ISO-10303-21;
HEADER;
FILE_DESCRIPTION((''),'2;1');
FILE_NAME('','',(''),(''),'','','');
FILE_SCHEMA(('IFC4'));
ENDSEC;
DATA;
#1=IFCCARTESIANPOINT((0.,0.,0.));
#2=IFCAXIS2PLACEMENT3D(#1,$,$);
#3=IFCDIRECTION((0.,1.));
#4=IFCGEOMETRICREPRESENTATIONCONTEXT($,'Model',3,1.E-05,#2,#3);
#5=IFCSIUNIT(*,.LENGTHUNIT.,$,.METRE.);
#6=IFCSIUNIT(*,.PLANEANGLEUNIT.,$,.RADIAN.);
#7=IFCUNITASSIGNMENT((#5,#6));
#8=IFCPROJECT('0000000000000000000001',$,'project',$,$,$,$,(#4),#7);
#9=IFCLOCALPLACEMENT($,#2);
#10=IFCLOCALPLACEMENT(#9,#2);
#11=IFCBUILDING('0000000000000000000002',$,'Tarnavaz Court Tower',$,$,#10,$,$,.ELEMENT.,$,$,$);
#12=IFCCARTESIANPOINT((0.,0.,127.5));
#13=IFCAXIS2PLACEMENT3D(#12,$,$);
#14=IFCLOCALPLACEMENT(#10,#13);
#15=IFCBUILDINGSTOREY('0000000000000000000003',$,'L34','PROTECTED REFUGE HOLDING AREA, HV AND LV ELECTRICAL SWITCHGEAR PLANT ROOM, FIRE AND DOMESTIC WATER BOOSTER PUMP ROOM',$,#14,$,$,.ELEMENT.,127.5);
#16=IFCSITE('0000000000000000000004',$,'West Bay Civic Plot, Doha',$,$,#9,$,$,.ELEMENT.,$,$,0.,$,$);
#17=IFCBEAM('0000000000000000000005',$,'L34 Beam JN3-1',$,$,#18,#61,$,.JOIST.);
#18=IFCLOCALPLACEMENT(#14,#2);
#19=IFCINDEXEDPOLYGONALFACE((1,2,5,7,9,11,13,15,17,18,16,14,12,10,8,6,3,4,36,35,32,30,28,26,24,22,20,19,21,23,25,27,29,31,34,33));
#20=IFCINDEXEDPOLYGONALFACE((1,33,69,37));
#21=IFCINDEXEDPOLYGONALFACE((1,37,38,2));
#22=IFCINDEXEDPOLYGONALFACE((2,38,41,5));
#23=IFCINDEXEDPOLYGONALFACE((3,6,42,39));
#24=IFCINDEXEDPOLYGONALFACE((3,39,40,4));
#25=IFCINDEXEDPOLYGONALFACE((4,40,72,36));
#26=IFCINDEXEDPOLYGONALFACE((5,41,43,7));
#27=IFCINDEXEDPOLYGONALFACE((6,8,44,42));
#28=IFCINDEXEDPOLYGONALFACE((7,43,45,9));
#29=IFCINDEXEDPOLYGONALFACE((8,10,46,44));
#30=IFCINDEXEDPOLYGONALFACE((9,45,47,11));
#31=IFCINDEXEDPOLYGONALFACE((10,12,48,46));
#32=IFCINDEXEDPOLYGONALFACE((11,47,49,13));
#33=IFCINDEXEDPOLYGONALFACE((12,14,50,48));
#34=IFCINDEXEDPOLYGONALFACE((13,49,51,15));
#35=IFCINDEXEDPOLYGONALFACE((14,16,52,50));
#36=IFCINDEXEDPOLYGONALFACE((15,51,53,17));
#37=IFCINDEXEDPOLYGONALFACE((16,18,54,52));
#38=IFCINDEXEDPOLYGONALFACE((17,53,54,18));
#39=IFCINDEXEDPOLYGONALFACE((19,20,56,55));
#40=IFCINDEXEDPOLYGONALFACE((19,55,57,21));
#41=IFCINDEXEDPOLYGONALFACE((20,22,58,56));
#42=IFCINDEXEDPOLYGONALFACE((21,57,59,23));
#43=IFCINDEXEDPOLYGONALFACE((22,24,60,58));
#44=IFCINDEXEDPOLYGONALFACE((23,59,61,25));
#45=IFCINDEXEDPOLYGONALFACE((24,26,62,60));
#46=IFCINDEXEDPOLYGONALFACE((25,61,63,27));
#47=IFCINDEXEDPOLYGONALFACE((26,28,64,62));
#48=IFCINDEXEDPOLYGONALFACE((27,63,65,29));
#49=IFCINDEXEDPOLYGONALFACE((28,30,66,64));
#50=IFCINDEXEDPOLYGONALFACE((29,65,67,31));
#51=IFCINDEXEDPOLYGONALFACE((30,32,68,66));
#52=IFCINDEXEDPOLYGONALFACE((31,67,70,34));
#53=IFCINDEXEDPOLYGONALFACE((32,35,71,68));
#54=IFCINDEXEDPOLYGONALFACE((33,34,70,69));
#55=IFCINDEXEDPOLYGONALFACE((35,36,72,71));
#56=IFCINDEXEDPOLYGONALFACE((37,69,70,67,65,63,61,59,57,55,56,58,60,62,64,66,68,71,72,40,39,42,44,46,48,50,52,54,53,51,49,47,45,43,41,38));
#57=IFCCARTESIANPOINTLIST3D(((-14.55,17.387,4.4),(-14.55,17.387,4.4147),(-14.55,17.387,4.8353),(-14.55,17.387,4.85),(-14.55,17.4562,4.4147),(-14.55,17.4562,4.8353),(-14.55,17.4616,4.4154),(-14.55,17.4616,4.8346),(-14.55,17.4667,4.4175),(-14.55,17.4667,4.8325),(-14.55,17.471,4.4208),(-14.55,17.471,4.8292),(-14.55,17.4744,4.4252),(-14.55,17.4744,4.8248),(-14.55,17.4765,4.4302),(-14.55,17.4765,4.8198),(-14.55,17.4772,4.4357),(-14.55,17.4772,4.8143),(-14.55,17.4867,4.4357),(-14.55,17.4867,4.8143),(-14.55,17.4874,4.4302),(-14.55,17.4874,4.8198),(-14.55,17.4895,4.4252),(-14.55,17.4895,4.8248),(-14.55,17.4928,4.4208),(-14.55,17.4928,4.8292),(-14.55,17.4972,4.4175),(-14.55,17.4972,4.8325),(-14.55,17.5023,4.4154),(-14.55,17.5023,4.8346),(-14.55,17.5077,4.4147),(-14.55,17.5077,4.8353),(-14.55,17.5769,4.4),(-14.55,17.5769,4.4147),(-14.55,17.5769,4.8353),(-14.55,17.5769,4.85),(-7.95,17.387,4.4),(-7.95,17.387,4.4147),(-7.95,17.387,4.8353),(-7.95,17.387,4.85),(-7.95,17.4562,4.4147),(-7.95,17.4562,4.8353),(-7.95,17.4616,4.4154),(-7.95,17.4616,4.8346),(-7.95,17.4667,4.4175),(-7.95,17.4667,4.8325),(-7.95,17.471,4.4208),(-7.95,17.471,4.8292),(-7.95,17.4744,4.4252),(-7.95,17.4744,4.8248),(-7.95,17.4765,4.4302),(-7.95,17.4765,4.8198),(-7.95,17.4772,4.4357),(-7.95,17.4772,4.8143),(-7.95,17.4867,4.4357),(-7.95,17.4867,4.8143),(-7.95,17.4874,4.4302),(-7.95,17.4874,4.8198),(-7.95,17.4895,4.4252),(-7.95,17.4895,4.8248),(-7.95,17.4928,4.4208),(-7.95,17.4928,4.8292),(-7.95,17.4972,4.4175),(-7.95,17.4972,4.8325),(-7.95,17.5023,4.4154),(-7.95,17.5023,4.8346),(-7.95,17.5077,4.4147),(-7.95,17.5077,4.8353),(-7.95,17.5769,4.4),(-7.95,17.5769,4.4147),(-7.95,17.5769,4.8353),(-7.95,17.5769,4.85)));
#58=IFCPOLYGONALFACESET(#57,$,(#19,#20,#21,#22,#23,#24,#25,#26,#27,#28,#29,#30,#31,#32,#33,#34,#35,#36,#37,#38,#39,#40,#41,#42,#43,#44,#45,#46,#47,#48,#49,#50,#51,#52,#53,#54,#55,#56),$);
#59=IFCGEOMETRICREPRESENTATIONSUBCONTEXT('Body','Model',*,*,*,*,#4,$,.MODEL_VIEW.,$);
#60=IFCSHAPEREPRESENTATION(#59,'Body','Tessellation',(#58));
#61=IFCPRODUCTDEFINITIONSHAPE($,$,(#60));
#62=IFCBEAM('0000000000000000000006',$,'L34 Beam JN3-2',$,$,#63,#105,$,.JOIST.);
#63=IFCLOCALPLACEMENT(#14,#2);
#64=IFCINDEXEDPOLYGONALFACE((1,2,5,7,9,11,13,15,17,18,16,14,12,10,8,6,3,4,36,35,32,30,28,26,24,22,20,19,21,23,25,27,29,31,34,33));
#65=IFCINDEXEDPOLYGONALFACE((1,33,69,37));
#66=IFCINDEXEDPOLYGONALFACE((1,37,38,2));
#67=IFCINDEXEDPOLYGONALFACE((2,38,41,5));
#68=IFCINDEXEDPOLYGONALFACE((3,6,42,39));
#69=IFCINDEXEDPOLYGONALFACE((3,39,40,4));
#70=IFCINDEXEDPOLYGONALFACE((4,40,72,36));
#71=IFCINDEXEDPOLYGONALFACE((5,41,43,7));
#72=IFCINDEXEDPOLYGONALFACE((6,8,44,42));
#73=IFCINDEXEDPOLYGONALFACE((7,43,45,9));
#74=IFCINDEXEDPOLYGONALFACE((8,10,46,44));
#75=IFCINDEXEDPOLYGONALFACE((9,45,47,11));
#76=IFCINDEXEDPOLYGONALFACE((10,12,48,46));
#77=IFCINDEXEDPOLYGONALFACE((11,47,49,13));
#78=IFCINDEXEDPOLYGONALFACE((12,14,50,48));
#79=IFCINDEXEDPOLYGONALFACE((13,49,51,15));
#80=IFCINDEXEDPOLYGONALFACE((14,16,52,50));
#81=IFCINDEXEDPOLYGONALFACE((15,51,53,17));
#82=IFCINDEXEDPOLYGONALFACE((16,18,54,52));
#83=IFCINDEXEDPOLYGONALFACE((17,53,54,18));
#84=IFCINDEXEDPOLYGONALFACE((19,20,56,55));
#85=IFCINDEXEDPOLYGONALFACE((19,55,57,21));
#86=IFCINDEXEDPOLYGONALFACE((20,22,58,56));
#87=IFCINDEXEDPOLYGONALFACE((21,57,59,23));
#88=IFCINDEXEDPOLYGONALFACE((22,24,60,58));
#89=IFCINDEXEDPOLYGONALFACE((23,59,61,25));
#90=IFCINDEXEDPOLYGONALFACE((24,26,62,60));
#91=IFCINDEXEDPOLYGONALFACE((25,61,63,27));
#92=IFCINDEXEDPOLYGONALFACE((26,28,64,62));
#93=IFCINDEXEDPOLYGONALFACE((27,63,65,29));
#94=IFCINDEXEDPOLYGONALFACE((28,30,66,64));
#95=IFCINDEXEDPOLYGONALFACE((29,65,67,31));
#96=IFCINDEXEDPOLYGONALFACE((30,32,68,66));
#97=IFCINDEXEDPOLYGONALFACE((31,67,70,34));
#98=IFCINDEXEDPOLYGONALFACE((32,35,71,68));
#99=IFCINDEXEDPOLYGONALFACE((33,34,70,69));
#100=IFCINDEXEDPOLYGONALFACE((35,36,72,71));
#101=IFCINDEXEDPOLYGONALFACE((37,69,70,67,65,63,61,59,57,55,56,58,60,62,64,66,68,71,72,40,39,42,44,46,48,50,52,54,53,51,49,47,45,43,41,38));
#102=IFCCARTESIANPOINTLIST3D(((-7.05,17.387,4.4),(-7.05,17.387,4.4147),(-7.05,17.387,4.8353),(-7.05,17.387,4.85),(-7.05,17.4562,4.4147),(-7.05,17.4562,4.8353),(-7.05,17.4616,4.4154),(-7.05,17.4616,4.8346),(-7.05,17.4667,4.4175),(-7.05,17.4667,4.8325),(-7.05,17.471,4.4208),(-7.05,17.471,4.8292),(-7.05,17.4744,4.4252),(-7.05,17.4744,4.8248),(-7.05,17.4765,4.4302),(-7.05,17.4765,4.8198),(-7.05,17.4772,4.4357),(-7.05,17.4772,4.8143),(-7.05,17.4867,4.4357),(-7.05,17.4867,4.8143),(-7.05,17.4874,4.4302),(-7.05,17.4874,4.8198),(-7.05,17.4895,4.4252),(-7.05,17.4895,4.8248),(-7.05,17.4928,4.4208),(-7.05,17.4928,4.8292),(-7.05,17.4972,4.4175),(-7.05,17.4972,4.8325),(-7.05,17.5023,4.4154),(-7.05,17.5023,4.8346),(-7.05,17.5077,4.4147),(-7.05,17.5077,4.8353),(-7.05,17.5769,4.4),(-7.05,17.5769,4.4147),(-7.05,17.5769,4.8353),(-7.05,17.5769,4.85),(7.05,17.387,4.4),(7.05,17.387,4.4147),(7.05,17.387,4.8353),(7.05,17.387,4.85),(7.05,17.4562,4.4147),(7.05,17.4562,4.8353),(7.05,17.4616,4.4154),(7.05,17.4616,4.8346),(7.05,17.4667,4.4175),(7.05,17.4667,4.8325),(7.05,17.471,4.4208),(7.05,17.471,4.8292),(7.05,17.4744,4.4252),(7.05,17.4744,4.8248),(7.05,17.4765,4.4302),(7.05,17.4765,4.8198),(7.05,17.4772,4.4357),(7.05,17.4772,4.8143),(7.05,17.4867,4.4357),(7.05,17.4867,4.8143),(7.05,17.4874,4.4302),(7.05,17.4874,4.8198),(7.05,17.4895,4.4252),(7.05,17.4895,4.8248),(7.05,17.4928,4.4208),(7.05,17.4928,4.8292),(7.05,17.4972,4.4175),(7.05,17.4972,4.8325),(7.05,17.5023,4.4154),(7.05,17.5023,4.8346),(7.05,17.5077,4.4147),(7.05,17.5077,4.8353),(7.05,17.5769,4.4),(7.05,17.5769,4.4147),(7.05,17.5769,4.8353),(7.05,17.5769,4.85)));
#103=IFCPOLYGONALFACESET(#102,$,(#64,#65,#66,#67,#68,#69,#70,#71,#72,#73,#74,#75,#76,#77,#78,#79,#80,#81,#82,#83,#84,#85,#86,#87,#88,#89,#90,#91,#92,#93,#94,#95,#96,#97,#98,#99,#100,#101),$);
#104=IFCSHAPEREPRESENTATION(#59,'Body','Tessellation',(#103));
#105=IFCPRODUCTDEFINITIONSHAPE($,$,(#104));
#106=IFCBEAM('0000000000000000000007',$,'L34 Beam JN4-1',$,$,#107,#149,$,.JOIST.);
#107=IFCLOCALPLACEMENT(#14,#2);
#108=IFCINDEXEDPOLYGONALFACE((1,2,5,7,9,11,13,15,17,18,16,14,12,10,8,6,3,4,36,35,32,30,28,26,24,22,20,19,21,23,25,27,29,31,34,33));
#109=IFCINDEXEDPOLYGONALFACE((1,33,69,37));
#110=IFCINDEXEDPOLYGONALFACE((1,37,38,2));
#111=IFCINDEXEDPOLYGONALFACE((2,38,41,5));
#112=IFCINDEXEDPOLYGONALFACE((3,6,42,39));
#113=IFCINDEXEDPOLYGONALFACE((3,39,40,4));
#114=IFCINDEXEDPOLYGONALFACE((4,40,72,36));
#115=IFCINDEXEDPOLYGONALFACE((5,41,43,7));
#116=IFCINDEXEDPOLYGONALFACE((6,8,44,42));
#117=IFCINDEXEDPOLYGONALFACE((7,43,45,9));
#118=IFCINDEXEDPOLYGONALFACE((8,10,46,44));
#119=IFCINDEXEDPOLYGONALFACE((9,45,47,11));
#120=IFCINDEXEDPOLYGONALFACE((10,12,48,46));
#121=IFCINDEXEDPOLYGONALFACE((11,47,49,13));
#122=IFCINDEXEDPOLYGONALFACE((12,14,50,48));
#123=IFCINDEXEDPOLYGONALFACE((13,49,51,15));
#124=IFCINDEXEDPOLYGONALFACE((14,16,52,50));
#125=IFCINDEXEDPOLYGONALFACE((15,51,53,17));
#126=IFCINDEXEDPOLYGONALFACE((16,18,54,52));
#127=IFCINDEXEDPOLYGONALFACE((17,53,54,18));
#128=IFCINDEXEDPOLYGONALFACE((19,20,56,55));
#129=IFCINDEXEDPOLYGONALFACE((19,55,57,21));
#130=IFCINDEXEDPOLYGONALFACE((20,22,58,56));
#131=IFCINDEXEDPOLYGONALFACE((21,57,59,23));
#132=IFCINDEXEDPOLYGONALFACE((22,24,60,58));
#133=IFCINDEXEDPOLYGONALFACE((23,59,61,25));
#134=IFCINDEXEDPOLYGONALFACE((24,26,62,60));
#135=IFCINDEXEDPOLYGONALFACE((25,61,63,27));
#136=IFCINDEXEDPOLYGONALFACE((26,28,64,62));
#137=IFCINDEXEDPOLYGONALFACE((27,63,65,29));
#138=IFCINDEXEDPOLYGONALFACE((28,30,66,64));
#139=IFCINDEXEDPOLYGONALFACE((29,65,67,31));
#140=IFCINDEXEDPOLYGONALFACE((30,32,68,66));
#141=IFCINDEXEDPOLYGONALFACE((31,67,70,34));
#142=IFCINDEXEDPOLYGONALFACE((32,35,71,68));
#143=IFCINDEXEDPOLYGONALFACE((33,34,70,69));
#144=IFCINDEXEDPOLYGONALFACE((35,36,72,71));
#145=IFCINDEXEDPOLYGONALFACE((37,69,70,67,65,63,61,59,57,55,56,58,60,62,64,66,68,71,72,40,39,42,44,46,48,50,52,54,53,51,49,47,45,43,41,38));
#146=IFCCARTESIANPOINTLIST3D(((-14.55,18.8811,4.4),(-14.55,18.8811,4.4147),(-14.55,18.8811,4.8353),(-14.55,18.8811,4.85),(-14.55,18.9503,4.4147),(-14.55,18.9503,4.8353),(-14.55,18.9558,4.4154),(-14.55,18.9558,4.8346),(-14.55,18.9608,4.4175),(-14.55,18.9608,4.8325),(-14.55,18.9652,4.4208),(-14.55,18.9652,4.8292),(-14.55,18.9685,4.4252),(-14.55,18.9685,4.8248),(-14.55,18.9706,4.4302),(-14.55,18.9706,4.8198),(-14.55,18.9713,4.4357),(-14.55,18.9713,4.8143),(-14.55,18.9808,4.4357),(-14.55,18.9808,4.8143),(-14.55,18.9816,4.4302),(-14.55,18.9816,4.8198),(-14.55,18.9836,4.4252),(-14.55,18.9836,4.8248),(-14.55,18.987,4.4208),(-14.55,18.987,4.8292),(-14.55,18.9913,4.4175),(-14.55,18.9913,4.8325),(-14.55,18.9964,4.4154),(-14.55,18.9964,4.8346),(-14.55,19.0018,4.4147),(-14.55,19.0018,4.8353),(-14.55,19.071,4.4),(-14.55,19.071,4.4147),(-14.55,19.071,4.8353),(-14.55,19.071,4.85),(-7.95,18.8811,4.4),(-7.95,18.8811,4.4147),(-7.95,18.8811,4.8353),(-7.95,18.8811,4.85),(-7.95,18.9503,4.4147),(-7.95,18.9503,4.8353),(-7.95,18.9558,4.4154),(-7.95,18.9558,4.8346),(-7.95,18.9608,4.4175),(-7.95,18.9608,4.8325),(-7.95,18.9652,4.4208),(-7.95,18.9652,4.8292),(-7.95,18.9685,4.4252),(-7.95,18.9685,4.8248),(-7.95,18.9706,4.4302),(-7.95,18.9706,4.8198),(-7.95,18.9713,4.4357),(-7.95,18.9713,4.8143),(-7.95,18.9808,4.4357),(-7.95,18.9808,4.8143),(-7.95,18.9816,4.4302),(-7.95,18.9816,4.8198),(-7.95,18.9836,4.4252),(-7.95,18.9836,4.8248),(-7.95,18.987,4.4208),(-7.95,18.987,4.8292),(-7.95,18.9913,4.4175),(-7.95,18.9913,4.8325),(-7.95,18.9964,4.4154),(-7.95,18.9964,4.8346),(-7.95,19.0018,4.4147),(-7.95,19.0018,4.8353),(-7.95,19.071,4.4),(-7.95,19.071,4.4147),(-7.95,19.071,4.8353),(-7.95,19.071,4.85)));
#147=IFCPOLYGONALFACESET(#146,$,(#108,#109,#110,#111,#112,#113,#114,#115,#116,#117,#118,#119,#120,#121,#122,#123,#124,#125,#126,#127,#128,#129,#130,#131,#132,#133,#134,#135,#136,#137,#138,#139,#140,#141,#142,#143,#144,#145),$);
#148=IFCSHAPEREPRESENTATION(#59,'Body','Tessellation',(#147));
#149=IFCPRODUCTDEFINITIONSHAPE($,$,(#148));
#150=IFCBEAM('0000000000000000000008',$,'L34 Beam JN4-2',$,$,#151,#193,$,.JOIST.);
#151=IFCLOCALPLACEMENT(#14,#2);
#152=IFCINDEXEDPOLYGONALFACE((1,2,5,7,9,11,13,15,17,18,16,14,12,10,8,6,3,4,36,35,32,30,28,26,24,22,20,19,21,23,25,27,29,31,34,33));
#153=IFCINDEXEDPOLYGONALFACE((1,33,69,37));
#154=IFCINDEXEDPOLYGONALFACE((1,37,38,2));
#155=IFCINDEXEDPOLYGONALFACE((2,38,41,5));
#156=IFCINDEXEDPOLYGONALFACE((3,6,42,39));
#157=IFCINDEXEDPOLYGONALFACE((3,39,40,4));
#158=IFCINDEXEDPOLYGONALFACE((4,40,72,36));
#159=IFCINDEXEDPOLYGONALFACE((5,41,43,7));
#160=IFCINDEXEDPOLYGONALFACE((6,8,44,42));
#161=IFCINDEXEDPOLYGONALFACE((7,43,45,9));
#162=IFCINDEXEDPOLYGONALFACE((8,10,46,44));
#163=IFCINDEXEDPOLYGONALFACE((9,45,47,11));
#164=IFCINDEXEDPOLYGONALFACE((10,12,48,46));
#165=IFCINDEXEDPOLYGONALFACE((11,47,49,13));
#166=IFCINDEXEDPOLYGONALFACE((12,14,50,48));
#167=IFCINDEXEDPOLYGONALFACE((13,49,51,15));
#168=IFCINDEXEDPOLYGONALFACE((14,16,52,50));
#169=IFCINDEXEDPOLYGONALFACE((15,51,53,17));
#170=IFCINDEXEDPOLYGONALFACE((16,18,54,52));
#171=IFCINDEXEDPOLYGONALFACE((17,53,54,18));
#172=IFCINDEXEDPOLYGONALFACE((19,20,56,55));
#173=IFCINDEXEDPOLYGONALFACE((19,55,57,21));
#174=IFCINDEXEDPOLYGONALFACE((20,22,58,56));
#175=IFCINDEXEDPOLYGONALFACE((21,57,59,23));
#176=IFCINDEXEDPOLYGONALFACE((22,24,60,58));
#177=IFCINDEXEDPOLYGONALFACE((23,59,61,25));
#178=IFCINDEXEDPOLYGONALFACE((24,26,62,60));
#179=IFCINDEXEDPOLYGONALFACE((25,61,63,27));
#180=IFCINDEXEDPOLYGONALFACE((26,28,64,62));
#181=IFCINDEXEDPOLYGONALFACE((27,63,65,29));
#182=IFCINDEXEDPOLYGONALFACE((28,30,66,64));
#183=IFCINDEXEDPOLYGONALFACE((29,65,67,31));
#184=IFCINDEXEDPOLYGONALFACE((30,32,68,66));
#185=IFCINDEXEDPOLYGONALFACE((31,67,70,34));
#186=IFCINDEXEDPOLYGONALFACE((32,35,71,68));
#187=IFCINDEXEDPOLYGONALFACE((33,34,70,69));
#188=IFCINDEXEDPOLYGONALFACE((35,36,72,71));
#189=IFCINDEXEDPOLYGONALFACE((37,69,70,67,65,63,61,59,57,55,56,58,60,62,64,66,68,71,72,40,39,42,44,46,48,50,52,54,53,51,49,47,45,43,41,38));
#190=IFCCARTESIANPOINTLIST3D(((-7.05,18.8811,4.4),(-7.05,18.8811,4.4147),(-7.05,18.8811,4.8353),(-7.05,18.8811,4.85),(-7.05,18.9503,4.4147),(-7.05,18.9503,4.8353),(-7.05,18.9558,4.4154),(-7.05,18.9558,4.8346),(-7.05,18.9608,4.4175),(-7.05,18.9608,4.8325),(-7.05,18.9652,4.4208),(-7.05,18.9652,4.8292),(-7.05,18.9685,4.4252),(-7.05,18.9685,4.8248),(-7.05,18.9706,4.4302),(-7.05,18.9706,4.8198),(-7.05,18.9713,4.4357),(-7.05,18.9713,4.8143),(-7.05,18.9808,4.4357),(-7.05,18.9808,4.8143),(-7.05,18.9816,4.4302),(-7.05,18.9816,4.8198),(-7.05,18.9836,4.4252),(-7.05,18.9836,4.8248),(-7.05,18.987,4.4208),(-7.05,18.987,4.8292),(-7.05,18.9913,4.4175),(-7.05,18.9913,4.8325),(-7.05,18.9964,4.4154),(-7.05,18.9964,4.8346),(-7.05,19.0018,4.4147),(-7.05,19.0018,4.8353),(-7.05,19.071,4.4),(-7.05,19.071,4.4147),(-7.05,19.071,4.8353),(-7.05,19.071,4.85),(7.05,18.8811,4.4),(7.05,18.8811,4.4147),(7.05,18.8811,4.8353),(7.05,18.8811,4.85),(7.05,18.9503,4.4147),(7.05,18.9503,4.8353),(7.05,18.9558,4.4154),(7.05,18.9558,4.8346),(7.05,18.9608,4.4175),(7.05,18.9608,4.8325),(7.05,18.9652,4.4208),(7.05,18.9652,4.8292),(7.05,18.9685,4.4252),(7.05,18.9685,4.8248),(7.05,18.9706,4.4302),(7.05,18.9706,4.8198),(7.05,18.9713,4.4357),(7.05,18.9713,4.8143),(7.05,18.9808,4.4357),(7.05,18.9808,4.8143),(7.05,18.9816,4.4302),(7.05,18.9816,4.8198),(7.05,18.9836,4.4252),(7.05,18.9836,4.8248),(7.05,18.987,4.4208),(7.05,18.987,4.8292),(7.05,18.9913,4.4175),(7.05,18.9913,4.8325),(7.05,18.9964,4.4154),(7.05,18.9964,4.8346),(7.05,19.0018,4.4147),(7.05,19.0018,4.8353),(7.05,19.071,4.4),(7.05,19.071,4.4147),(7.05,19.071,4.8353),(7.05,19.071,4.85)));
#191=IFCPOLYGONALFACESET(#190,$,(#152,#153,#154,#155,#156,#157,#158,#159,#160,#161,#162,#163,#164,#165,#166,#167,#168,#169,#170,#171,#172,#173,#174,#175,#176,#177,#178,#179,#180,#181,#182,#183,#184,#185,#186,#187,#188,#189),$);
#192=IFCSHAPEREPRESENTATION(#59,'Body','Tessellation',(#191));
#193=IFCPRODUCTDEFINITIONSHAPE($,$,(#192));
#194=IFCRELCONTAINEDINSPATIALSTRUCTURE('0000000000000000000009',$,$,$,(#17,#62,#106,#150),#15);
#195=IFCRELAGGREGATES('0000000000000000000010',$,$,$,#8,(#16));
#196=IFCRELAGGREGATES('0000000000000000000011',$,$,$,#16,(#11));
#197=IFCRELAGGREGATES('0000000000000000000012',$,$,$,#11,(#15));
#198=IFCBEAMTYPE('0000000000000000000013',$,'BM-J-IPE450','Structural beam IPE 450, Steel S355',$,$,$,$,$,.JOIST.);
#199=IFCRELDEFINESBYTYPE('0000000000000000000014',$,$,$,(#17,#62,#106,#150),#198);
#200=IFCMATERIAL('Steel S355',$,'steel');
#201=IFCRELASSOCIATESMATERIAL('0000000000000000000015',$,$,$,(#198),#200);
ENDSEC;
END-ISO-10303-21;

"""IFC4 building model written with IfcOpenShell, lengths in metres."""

from ifc_helpers import new_model, si_unit, direction, frame, origin, origin_2d, place, context, subcontext, project, spatial, i_section, extrude, material, material_profile, profile_set, type_object, element, save


model = new_model("IFC4")

# Units and contexts
model_context = context("Model", 3, precision=1e-05, world=origin(), true_north=direction((0.0, 1.0)))
body_context = subcontext(model_context, "Body", "Model", "MODEL_VIEW")
ifc_project = project(units=[si_unit("LENGTHUNIT", "METRE"), si_unit("PLANEANGLEUNIT", "RADIAN")], contexts=[model_context])

# Site, building, storey
site_placement = place(None, origin())
site = spatial("IfcSite", under=ifc_project, at=site_placement, Name="West Bay Civic Plot, Doha", CompositionType="ELEMENT", RefElevation=0.0)
building_placement = place(site_placement, origin())
building = spatial("IfcBuilding", under=site, at=building_placement, Name="Tarnavaz Court Tower", CompositionType="ELEMENT")
storey_placement = place(building_placement, frame((0.0, 0.0, 127.5)))
storey = spatial("IfcBuildingStorey", under=building, at=storey_placement, Name="L34", Description="PROTECTED REFUGE HOLDING AREA, HV AND LV ELECTRICAL SWITCHGEAR PLANT ROOM, FIRE AND DOMESTIC WATER BOOSTER PUMP ROOM", CompositionType="ELEMENT", Elevation=127.5)

# Beams
ifc_material_1 = material(Name="Steel S355", Category="steel")
ifc_material_profile_1 = material_profile(ifc_material_1, i_section(OverallWidth=0.1899, OverallDepth=0.45, WebThickness=0.0095, FlangeThickness=0.0146, FilletRadius=0.021, at=origin_2d()), Name="IPE 450")
ifc_profile_set_1 = profile_set([ifc_material_profile_1], Name="Steel S355")
beam_type_1 = type_object("IfcBeamType", Name="BM-J-IPE450", Description="Structural beam IPE 450, Steel S355", PredefinedType="JOIST", material=ifc_profile_set_1)
beam_1_placement = place(storey_placement, frame((-14.55, 17.4819, 4.625), z_axis=(1.0, 0.0, 0.0), x_axis=(0.0, 1.0, 0.0)))
element("IfcBeam", 1, at=beam_1_placement, inside=storey, type_object=beam_type_1, Name="L34 Beam JN3-1", PredefinedType="JOIST", context=body_context, shape_type="SweptSolid", body=[
    extrude(i_section(OverallWidth=0.1899, OverallDepth=0.45, WebThickness=0.0095, FlangeThickness=0.0146, FilletRadius=0.021, at=origin_2d()), origin(), (0.0, 0.0, 1.0), 6.6001),
])
beam_2_placement = place(storey_placement, frame((-7.05, 17.4819, 4.625), z_axis=(1.0, 0.0, 0.0), x_axis=(0.0, 1.0, 0.0)))
element("IfcBeam", 2, at=beam_2_placement, inside=storey, type_object=beam_type_1, Name="L34 Beam JN3-2", PredefinedType="JOIST", context=body_context, shape_type="SweptSolid", body=[
    extrude(i_section(OverallWidth=0.1899, OverallDepth=0.45, WebThickness=0.0095, FlangeThickness=0.0146, FilletRadius=0.021, at=origin_2d()), origin(), (0.0, 0.0, 1.0), 14.1001),
])
beam_3_placement = place(storey_placement, frame((-14.55, 18.9761, 4.625), z_axis=(1.0, 0.0, 0.0), x_axis=(0.0, 1.0, 0.0)))
element("IfcBeam", 3, at=beam_3_placement, inside=storey, type_object=beam_type_1, Name="L34 Beam JN4-1", PredefinedType="JOIST", context=body_context, shape_type="SweptSolid", body=[
    extrude(i_section(OverallWidth=0.1899, OverallDepth=0.45, WebThickness=0.0095, FlangeThickness=0.0146, FilletRadius=0.021, at=origin_2d()), origin(), (0.0, 0.0, 1.0), 6.6001),
])
beam_4_placement = place(storey_placement, frame((-7.05, 18.9761, 4.625), z_axis=(1.0, 0.0, 0.0), x_axis=(0.0, 1.0, 0.0)))
element("IfcBeam", 4, at=beam_4_placement, inside=storey, type_object=beam_type_1, Name="L34 Beam JN4-2", PredefinedType="JOIST", context=body_context, shape_type="SweptSolid", body=[
    extrude(i_section(OverallWidth=0.1899, OverallDepth=0.45, WebThickness=0.0095, FlangeThickness=0.0146, FilletRadius=0.021, at=origin_2d()), origin(), (0.0, 0.0, 1.0), 14.1001),
])

save(model, "model.ifc")
